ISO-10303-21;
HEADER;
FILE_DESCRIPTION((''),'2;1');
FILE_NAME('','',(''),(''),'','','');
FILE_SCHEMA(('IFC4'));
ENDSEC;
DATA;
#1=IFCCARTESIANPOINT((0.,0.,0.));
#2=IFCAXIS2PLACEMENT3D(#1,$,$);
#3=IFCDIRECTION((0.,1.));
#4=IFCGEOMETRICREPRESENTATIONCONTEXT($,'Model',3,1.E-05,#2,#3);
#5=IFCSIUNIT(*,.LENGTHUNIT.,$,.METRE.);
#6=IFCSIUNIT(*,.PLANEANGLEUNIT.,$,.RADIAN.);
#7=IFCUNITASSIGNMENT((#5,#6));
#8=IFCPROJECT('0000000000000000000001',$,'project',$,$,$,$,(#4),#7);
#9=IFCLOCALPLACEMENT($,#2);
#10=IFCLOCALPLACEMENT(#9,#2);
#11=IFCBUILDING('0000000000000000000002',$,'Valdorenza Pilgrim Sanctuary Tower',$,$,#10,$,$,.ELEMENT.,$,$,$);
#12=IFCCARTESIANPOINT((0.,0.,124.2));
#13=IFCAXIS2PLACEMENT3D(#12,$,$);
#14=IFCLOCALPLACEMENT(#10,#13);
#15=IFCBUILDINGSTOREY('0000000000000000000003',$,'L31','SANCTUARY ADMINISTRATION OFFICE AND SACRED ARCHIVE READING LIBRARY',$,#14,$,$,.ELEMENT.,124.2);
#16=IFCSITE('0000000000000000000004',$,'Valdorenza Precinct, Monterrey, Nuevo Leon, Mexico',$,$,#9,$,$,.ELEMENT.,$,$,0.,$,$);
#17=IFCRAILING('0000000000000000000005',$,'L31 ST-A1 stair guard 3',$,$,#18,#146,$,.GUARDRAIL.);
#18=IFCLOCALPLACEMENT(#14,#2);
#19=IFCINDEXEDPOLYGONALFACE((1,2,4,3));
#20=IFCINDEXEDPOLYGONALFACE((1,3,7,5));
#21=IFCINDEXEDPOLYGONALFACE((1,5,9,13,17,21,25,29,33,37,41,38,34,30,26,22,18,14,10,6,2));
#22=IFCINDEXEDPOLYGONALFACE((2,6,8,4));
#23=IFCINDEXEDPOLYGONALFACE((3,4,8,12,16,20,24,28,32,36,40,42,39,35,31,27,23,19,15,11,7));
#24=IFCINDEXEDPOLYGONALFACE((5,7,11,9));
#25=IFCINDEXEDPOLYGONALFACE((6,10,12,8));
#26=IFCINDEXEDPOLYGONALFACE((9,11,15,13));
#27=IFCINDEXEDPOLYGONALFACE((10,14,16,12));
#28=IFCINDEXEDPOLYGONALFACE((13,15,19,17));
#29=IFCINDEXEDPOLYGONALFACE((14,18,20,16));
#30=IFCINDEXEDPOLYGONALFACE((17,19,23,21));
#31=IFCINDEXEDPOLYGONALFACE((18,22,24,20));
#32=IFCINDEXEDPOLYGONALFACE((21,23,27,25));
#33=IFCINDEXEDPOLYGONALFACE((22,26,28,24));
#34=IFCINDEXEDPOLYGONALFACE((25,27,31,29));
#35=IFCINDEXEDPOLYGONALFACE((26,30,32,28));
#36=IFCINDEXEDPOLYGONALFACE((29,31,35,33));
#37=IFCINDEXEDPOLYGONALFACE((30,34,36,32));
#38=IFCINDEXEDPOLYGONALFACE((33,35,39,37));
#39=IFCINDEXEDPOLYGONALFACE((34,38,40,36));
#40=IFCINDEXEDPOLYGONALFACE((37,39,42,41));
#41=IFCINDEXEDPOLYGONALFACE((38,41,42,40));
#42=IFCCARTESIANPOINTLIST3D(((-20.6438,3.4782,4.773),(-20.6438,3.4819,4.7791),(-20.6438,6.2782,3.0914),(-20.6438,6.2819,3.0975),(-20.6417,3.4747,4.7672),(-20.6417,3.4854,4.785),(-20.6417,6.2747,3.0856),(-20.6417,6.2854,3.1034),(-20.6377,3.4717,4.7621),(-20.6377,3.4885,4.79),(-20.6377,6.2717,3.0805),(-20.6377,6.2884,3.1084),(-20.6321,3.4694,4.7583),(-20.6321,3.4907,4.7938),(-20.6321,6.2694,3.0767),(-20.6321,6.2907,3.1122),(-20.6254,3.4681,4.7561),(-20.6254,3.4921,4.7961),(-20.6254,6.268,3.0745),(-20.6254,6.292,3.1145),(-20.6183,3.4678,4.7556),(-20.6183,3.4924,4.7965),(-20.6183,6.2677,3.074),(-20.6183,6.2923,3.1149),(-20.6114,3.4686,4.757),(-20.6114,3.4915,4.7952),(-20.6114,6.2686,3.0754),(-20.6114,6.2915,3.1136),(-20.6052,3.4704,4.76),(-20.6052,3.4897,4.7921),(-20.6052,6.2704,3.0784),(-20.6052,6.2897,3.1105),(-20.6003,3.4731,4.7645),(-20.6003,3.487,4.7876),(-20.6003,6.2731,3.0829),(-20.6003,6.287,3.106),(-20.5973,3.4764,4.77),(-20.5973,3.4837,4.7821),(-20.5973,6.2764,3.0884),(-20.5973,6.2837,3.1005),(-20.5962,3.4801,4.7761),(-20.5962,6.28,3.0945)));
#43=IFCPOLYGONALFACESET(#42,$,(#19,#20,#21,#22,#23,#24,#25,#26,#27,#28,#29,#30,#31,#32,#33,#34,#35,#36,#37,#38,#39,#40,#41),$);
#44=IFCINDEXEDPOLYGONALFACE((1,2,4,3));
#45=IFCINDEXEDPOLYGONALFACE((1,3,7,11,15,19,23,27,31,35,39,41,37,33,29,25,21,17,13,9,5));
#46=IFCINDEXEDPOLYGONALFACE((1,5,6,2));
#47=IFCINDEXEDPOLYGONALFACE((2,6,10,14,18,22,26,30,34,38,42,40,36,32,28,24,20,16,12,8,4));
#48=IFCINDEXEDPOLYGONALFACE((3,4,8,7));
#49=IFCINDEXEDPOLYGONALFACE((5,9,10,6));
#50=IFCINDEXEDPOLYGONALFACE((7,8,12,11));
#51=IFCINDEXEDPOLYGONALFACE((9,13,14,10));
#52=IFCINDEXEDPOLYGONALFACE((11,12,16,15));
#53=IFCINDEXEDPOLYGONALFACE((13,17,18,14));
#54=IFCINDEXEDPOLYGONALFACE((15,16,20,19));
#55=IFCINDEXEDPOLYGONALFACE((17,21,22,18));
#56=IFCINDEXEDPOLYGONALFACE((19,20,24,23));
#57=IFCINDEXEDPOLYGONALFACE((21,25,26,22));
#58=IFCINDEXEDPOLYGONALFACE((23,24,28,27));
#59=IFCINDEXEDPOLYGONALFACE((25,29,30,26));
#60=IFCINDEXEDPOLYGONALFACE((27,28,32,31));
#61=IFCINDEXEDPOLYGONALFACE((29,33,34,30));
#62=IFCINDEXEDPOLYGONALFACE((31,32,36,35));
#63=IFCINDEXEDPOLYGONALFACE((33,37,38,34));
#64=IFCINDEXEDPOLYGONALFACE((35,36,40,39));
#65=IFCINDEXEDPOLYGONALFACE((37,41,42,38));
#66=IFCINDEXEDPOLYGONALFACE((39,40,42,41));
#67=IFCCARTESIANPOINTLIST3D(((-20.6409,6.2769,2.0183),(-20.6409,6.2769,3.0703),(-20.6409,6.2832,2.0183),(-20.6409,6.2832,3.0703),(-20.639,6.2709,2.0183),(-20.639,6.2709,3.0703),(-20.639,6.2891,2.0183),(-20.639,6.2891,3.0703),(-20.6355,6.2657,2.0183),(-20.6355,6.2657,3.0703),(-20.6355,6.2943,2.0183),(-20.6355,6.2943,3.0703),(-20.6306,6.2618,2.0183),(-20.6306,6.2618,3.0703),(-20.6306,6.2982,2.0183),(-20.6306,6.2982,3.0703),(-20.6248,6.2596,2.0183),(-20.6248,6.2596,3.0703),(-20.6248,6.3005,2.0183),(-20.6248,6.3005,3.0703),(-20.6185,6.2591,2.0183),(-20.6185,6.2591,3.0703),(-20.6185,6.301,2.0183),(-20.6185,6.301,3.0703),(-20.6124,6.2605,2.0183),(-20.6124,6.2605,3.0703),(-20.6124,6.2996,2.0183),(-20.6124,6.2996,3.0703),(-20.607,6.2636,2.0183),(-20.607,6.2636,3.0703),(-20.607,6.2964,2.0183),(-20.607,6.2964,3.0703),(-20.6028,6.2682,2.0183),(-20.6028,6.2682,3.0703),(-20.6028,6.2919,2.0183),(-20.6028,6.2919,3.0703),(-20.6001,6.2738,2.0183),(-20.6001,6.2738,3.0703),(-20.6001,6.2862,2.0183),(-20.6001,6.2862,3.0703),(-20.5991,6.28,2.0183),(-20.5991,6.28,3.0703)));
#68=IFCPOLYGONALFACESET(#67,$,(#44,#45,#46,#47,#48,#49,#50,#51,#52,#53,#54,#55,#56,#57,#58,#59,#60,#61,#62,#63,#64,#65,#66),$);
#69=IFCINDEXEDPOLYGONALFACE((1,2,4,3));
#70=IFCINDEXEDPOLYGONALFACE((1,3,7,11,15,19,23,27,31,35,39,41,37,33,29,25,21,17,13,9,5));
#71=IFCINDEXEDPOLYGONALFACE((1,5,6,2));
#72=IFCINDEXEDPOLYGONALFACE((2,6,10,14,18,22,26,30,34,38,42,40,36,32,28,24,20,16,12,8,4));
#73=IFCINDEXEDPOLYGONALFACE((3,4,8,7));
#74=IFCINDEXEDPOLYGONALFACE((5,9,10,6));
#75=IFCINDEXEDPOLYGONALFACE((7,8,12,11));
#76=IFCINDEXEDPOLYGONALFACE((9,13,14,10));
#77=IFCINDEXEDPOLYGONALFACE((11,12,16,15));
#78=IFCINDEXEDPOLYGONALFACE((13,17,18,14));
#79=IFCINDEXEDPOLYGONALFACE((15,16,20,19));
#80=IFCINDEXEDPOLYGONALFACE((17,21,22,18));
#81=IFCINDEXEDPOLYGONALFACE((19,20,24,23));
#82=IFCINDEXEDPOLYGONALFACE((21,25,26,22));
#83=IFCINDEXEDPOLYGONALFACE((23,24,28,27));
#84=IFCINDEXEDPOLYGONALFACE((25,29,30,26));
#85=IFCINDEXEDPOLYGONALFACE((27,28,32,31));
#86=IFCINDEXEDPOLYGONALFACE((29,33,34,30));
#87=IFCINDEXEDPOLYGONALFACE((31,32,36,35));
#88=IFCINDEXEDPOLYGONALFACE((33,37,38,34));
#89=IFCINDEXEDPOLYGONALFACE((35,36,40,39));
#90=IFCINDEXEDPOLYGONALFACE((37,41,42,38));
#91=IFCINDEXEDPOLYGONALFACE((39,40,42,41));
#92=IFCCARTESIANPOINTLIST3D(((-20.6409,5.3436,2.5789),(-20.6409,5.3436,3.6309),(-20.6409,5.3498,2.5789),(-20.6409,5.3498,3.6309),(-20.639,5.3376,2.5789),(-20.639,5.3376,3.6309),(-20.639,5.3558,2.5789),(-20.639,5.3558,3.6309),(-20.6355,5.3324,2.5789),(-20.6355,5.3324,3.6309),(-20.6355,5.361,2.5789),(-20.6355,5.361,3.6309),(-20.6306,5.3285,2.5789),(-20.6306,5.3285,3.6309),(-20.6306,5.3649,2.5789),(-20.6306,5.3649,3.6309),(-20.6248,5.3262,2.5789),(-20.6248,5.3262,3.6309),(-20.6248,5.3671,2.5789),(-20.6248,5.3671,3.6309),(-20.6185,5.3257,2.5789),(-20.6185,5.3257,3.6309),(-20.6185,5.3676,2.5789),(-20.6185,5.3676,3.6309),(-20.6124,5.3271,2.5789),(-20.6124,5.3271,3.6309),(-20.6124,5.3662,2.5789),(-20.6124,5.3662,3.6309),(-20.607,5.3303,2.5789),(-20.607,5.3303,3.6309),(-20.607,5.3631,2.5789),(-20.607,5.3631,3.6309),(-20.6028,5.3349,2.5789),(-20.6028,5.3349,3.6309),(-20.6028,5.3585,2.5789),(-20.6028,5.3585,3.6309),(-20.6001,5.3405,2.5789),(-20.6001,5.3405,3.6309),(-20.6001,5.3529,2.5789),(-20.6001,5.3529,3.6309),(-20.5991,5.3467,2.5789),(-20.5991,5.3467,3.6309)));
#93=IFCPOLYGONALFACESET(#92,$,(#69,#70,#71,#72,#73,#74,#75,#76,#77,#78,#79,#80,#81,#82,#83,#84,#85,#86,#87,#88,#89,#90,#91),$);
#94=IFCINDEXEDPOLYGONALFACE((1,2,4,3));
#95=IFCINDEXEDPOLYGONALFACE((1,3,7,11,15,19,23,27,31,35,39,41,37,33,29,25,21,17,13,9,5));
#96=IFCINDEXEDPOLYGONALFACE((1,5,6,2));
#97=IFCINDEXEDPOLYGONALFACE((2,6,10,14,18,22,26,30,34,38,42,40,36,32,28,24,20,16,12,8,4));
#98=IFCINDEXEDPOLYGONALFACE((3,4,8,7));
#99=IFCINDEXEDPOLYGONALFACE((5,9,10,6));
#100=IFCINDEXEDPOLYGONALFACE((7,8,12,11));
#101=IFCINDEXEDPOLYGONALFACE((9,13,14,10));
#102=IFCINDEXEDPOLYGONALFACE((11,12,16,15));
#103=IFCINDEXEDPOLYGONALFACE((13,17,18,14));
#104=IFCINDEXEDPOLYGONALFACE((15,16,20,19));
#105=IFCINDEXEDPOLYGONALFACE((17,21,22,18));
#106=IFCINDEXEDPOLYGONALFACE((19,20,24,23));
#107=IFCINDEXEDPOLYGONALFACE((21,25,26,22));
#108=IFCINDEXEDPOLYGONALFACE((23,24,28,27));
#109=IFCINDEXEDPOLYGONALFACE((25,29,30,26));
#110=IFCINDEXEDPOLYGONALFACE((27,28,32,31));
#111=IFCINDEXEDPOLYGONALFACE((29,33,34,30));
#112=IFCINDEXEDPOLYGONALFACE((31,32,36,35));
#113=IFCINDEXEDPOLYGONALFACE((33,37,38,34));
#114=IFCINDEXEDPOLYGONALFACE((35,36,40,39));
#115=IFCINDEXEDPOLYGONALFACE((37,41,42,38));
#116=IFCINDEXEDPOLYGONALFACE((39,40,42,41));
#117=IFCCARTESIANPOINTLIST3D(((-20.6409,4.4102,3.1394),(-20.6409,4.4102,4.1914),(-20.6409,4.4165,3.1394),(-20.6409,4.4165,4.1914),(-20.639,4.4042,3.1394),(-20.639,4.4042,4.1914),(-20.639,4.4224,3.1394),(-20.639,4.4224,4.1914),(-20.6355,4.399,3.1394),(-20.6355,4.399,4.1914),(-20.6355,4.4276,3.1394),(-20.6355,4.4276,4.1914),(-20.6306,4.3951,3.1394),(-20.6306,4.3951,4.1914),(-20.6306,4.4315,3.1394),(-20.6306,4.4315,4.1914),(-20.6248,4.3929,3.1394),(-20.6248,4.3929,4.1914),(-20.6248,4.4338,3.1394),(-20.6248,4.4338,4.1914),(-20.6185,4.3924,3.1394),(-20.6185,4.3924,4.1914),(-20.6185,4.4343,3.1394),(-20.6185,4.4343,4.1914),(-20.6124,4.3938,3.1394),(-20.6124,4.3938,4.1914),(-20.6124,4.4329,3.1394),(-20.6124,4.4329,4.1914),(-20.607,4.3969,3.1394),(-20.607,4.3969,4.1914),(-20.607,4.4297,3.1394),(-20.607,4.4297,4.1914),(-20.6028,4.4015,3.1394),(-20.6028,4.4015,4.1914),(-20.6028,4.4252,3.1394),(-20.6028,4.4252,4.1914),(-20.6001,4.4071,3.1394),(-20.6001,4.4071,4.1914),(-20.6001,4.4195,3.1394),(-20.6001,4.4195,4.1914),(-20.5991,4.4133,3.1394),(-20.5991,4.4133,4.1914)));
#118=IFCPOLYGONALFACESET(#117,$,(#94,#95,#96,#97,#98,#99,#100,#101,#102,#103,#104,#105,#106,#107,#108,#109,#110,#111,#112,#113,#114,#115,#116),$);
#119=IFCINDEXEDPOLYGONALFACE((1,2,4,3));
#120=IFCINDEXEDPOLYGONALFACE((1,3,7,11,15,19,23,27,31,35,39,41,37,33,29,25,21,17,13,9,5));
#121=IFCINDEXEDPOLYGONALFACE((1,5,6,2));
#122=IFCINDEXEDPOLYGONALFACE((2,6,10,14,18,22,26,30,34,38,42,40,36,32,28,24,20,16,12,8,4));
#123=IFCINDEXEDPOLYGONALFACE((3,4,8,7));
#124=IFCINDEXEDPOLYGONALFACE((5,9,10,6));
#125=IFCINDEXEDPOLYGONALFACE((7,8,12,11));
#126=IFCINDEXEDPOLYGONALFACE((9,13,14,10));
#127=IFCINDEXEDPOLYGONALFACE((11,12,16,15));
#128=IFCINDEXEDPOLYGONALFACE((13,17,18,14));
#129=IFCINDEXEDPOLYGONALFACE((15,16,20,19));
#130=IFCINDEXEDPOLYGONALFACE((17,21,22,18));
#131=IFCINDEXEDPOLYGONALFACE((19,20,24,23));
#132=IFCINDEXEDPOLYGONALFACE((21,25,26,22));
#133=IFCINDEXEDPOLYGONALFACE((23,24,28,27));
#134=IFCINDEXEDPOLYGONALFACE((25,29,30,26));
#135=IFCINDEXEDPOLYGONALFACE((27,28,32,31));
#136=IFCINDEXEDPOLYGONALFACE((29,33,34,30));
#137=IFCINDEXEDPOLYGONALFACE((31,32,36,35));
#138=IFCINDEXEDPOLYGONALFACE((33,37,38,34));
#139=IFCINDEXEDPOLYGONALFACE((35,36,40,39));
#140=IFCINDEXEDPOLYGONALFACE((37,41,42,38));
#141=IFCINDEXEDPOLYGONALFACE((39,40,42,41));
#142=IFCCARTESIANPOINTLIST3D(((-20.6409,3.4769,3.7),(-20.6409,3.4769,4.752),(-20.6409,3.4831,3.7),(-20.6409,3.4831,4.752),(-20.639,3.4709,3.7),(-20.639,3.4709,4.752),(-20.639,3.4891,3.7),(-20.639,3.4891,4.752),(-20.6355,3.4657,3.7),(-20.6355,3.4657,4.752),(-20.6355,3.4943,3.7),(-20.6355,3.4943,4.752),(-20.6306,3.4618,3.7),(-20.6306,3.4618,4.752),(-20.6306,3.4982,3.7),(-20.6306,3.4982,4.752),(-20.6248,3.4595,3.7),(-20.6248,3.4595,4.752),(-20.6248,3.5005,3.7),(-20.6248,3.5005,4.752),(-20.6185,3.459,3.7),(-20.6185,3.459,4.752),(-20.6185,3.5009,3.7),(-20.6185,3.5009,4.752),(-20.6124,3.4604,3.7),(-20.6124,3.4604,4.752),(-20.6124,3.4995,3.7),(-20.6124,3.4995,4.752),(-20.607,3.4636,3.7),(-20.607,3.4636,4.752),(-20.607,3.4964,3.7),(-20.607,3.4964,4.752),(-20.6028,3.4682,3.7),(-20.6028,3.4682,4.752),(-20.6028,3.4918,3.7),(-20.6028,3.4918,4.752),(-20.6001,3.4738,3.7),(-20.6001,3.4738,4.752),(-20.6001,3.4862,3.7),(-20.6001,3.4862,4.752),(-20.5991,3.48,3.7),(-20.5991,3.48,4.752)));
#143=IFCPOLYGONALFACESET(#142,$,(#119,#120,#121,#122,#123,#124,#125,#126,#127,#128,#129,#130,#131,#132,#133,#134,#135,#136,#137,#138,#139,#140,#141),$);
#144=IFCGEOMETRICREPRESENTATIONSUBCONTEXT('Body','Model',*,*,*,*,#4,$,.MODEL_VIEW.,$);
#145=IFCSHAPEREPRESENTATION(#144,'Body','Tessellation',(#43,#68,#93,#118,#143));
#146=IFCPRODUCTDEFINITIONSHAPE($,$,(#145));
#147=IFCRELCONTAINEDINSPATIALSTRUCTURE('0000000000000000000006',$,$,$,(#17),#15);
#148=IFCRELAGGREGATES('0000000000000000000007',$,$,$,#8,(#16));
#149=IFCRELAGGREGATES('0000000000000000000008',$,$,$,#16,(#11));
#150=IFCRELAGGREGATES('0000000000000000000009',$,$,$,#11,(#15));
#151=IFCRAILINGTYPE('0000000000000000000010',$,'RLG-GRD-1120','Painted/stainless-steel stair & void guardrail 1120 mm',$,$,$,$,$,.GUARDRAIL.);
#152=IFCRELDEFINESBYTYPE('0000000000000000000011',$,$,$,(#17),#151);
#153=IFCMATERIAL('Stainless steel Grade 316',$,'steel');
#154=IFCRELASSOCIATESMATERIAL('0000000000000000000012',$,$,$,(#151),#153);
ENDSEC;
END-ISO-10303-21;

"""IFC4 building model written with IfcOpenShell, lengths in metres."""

from ifc_helpers import new_model, si_unit, direction, frame, origin, origin_2d, place, context, subcontext, project, spatial, circle, extrude, material, type_object, element, save


model = new_model("IFC4")

# Units and contexts
model_context = context("Model", 3, precision=1e-05, world=origin(), true_north=direction((0.0, 1.0)))
body_context = subcontext(model_context, "Body", "Model", "MODEL_VIEW")
ifc_project = project(units=[si_unit("LENGTHUNIT", "METRE"), si_unit("PLANEANGLEUNIT", "RADIAN")], contexts=[model_context])

# Site, building, storey
site_placement = place(None, origin())
site = spatial("IfcSite", under=ifc_project, at=site_placement, Name="Valdorenza Precinct, Monterrey, Nuevo Leon, Mexico", CompositionType="ELEMENT", RefElevation=0.0)
building_placement = place(site_placement, origin())
building = spatial("IfcBuilding", under=site, at=building_placement, Name="Valdorenza Pilgrim Sanctuary Tower", CompositionType="ELEMENT")
storey_placement = place(building_placement, frame((0.0, 0.0, 124.2)))
storey = spatial("IfcBuildingStorey", under=building, at=storey_placement, Name="L31", Description="SANCTUARY ADMINISTRATION OFFICE AND SACRED ARCHIVE READING LIBRARY", CompositionType="ELEMENT", Elevation=124.2)

# Railing
ifc_material_1 = material(Name="Stainless steel Grade 316", Category="steel")
railing_type_1 = type_object("IfcRailingType", Name="RLG-GRD-1120", Description="Painted/stainless-steel stair & void guardrail 1120 mm", PredefinedType="GUARDRAIL", material=ifc_material_1)
railing_1_placement = place(storey_placement, frame((-20.6201, 6.28, 2.0183)))
element("IfcRailing", 1, at=railing_1_placement, inside=storey, type_object=railing_type_1, Name="L31 ST-A1 stair guard 3", PredefinedType="GUARDRAIL", context=body_context, shape_type="SweptSolid", body=[
    extrude(circle(Radius=0.0239, at=origin_2d()), frame((0.0, 0.0, 1.0762), z_axis=(0.0, -0.857275, 0.514858), x_axis=(1.0, 0.0, 0.0)), (0.0, 0.0, 1.0), 3.2661),
    extrude(circle(Radius=0.021, at=origin_2d()), origin(), (0.0, 0.0, 1.0), 1.052),
    extrude(circle(Radius=0.021, at=origin_2d()), frame((0.0, -0.9333, 0.5605)), (0.0, 0.0, 1.0), 1.052),
    extrude(circle(Radius=0.021, at=origin_2d()), frame((0.0, -1.8667, 1.1211)), (0.0, 0.0, 1.0), 1.052),
    extrude(circle(Radius=0.021, at=origin_2d()), frame((0.0, -2.8, 1.6816)), (0.0, 0.0, 1.0), 1.052),
])

save(model, "model.ifc")
